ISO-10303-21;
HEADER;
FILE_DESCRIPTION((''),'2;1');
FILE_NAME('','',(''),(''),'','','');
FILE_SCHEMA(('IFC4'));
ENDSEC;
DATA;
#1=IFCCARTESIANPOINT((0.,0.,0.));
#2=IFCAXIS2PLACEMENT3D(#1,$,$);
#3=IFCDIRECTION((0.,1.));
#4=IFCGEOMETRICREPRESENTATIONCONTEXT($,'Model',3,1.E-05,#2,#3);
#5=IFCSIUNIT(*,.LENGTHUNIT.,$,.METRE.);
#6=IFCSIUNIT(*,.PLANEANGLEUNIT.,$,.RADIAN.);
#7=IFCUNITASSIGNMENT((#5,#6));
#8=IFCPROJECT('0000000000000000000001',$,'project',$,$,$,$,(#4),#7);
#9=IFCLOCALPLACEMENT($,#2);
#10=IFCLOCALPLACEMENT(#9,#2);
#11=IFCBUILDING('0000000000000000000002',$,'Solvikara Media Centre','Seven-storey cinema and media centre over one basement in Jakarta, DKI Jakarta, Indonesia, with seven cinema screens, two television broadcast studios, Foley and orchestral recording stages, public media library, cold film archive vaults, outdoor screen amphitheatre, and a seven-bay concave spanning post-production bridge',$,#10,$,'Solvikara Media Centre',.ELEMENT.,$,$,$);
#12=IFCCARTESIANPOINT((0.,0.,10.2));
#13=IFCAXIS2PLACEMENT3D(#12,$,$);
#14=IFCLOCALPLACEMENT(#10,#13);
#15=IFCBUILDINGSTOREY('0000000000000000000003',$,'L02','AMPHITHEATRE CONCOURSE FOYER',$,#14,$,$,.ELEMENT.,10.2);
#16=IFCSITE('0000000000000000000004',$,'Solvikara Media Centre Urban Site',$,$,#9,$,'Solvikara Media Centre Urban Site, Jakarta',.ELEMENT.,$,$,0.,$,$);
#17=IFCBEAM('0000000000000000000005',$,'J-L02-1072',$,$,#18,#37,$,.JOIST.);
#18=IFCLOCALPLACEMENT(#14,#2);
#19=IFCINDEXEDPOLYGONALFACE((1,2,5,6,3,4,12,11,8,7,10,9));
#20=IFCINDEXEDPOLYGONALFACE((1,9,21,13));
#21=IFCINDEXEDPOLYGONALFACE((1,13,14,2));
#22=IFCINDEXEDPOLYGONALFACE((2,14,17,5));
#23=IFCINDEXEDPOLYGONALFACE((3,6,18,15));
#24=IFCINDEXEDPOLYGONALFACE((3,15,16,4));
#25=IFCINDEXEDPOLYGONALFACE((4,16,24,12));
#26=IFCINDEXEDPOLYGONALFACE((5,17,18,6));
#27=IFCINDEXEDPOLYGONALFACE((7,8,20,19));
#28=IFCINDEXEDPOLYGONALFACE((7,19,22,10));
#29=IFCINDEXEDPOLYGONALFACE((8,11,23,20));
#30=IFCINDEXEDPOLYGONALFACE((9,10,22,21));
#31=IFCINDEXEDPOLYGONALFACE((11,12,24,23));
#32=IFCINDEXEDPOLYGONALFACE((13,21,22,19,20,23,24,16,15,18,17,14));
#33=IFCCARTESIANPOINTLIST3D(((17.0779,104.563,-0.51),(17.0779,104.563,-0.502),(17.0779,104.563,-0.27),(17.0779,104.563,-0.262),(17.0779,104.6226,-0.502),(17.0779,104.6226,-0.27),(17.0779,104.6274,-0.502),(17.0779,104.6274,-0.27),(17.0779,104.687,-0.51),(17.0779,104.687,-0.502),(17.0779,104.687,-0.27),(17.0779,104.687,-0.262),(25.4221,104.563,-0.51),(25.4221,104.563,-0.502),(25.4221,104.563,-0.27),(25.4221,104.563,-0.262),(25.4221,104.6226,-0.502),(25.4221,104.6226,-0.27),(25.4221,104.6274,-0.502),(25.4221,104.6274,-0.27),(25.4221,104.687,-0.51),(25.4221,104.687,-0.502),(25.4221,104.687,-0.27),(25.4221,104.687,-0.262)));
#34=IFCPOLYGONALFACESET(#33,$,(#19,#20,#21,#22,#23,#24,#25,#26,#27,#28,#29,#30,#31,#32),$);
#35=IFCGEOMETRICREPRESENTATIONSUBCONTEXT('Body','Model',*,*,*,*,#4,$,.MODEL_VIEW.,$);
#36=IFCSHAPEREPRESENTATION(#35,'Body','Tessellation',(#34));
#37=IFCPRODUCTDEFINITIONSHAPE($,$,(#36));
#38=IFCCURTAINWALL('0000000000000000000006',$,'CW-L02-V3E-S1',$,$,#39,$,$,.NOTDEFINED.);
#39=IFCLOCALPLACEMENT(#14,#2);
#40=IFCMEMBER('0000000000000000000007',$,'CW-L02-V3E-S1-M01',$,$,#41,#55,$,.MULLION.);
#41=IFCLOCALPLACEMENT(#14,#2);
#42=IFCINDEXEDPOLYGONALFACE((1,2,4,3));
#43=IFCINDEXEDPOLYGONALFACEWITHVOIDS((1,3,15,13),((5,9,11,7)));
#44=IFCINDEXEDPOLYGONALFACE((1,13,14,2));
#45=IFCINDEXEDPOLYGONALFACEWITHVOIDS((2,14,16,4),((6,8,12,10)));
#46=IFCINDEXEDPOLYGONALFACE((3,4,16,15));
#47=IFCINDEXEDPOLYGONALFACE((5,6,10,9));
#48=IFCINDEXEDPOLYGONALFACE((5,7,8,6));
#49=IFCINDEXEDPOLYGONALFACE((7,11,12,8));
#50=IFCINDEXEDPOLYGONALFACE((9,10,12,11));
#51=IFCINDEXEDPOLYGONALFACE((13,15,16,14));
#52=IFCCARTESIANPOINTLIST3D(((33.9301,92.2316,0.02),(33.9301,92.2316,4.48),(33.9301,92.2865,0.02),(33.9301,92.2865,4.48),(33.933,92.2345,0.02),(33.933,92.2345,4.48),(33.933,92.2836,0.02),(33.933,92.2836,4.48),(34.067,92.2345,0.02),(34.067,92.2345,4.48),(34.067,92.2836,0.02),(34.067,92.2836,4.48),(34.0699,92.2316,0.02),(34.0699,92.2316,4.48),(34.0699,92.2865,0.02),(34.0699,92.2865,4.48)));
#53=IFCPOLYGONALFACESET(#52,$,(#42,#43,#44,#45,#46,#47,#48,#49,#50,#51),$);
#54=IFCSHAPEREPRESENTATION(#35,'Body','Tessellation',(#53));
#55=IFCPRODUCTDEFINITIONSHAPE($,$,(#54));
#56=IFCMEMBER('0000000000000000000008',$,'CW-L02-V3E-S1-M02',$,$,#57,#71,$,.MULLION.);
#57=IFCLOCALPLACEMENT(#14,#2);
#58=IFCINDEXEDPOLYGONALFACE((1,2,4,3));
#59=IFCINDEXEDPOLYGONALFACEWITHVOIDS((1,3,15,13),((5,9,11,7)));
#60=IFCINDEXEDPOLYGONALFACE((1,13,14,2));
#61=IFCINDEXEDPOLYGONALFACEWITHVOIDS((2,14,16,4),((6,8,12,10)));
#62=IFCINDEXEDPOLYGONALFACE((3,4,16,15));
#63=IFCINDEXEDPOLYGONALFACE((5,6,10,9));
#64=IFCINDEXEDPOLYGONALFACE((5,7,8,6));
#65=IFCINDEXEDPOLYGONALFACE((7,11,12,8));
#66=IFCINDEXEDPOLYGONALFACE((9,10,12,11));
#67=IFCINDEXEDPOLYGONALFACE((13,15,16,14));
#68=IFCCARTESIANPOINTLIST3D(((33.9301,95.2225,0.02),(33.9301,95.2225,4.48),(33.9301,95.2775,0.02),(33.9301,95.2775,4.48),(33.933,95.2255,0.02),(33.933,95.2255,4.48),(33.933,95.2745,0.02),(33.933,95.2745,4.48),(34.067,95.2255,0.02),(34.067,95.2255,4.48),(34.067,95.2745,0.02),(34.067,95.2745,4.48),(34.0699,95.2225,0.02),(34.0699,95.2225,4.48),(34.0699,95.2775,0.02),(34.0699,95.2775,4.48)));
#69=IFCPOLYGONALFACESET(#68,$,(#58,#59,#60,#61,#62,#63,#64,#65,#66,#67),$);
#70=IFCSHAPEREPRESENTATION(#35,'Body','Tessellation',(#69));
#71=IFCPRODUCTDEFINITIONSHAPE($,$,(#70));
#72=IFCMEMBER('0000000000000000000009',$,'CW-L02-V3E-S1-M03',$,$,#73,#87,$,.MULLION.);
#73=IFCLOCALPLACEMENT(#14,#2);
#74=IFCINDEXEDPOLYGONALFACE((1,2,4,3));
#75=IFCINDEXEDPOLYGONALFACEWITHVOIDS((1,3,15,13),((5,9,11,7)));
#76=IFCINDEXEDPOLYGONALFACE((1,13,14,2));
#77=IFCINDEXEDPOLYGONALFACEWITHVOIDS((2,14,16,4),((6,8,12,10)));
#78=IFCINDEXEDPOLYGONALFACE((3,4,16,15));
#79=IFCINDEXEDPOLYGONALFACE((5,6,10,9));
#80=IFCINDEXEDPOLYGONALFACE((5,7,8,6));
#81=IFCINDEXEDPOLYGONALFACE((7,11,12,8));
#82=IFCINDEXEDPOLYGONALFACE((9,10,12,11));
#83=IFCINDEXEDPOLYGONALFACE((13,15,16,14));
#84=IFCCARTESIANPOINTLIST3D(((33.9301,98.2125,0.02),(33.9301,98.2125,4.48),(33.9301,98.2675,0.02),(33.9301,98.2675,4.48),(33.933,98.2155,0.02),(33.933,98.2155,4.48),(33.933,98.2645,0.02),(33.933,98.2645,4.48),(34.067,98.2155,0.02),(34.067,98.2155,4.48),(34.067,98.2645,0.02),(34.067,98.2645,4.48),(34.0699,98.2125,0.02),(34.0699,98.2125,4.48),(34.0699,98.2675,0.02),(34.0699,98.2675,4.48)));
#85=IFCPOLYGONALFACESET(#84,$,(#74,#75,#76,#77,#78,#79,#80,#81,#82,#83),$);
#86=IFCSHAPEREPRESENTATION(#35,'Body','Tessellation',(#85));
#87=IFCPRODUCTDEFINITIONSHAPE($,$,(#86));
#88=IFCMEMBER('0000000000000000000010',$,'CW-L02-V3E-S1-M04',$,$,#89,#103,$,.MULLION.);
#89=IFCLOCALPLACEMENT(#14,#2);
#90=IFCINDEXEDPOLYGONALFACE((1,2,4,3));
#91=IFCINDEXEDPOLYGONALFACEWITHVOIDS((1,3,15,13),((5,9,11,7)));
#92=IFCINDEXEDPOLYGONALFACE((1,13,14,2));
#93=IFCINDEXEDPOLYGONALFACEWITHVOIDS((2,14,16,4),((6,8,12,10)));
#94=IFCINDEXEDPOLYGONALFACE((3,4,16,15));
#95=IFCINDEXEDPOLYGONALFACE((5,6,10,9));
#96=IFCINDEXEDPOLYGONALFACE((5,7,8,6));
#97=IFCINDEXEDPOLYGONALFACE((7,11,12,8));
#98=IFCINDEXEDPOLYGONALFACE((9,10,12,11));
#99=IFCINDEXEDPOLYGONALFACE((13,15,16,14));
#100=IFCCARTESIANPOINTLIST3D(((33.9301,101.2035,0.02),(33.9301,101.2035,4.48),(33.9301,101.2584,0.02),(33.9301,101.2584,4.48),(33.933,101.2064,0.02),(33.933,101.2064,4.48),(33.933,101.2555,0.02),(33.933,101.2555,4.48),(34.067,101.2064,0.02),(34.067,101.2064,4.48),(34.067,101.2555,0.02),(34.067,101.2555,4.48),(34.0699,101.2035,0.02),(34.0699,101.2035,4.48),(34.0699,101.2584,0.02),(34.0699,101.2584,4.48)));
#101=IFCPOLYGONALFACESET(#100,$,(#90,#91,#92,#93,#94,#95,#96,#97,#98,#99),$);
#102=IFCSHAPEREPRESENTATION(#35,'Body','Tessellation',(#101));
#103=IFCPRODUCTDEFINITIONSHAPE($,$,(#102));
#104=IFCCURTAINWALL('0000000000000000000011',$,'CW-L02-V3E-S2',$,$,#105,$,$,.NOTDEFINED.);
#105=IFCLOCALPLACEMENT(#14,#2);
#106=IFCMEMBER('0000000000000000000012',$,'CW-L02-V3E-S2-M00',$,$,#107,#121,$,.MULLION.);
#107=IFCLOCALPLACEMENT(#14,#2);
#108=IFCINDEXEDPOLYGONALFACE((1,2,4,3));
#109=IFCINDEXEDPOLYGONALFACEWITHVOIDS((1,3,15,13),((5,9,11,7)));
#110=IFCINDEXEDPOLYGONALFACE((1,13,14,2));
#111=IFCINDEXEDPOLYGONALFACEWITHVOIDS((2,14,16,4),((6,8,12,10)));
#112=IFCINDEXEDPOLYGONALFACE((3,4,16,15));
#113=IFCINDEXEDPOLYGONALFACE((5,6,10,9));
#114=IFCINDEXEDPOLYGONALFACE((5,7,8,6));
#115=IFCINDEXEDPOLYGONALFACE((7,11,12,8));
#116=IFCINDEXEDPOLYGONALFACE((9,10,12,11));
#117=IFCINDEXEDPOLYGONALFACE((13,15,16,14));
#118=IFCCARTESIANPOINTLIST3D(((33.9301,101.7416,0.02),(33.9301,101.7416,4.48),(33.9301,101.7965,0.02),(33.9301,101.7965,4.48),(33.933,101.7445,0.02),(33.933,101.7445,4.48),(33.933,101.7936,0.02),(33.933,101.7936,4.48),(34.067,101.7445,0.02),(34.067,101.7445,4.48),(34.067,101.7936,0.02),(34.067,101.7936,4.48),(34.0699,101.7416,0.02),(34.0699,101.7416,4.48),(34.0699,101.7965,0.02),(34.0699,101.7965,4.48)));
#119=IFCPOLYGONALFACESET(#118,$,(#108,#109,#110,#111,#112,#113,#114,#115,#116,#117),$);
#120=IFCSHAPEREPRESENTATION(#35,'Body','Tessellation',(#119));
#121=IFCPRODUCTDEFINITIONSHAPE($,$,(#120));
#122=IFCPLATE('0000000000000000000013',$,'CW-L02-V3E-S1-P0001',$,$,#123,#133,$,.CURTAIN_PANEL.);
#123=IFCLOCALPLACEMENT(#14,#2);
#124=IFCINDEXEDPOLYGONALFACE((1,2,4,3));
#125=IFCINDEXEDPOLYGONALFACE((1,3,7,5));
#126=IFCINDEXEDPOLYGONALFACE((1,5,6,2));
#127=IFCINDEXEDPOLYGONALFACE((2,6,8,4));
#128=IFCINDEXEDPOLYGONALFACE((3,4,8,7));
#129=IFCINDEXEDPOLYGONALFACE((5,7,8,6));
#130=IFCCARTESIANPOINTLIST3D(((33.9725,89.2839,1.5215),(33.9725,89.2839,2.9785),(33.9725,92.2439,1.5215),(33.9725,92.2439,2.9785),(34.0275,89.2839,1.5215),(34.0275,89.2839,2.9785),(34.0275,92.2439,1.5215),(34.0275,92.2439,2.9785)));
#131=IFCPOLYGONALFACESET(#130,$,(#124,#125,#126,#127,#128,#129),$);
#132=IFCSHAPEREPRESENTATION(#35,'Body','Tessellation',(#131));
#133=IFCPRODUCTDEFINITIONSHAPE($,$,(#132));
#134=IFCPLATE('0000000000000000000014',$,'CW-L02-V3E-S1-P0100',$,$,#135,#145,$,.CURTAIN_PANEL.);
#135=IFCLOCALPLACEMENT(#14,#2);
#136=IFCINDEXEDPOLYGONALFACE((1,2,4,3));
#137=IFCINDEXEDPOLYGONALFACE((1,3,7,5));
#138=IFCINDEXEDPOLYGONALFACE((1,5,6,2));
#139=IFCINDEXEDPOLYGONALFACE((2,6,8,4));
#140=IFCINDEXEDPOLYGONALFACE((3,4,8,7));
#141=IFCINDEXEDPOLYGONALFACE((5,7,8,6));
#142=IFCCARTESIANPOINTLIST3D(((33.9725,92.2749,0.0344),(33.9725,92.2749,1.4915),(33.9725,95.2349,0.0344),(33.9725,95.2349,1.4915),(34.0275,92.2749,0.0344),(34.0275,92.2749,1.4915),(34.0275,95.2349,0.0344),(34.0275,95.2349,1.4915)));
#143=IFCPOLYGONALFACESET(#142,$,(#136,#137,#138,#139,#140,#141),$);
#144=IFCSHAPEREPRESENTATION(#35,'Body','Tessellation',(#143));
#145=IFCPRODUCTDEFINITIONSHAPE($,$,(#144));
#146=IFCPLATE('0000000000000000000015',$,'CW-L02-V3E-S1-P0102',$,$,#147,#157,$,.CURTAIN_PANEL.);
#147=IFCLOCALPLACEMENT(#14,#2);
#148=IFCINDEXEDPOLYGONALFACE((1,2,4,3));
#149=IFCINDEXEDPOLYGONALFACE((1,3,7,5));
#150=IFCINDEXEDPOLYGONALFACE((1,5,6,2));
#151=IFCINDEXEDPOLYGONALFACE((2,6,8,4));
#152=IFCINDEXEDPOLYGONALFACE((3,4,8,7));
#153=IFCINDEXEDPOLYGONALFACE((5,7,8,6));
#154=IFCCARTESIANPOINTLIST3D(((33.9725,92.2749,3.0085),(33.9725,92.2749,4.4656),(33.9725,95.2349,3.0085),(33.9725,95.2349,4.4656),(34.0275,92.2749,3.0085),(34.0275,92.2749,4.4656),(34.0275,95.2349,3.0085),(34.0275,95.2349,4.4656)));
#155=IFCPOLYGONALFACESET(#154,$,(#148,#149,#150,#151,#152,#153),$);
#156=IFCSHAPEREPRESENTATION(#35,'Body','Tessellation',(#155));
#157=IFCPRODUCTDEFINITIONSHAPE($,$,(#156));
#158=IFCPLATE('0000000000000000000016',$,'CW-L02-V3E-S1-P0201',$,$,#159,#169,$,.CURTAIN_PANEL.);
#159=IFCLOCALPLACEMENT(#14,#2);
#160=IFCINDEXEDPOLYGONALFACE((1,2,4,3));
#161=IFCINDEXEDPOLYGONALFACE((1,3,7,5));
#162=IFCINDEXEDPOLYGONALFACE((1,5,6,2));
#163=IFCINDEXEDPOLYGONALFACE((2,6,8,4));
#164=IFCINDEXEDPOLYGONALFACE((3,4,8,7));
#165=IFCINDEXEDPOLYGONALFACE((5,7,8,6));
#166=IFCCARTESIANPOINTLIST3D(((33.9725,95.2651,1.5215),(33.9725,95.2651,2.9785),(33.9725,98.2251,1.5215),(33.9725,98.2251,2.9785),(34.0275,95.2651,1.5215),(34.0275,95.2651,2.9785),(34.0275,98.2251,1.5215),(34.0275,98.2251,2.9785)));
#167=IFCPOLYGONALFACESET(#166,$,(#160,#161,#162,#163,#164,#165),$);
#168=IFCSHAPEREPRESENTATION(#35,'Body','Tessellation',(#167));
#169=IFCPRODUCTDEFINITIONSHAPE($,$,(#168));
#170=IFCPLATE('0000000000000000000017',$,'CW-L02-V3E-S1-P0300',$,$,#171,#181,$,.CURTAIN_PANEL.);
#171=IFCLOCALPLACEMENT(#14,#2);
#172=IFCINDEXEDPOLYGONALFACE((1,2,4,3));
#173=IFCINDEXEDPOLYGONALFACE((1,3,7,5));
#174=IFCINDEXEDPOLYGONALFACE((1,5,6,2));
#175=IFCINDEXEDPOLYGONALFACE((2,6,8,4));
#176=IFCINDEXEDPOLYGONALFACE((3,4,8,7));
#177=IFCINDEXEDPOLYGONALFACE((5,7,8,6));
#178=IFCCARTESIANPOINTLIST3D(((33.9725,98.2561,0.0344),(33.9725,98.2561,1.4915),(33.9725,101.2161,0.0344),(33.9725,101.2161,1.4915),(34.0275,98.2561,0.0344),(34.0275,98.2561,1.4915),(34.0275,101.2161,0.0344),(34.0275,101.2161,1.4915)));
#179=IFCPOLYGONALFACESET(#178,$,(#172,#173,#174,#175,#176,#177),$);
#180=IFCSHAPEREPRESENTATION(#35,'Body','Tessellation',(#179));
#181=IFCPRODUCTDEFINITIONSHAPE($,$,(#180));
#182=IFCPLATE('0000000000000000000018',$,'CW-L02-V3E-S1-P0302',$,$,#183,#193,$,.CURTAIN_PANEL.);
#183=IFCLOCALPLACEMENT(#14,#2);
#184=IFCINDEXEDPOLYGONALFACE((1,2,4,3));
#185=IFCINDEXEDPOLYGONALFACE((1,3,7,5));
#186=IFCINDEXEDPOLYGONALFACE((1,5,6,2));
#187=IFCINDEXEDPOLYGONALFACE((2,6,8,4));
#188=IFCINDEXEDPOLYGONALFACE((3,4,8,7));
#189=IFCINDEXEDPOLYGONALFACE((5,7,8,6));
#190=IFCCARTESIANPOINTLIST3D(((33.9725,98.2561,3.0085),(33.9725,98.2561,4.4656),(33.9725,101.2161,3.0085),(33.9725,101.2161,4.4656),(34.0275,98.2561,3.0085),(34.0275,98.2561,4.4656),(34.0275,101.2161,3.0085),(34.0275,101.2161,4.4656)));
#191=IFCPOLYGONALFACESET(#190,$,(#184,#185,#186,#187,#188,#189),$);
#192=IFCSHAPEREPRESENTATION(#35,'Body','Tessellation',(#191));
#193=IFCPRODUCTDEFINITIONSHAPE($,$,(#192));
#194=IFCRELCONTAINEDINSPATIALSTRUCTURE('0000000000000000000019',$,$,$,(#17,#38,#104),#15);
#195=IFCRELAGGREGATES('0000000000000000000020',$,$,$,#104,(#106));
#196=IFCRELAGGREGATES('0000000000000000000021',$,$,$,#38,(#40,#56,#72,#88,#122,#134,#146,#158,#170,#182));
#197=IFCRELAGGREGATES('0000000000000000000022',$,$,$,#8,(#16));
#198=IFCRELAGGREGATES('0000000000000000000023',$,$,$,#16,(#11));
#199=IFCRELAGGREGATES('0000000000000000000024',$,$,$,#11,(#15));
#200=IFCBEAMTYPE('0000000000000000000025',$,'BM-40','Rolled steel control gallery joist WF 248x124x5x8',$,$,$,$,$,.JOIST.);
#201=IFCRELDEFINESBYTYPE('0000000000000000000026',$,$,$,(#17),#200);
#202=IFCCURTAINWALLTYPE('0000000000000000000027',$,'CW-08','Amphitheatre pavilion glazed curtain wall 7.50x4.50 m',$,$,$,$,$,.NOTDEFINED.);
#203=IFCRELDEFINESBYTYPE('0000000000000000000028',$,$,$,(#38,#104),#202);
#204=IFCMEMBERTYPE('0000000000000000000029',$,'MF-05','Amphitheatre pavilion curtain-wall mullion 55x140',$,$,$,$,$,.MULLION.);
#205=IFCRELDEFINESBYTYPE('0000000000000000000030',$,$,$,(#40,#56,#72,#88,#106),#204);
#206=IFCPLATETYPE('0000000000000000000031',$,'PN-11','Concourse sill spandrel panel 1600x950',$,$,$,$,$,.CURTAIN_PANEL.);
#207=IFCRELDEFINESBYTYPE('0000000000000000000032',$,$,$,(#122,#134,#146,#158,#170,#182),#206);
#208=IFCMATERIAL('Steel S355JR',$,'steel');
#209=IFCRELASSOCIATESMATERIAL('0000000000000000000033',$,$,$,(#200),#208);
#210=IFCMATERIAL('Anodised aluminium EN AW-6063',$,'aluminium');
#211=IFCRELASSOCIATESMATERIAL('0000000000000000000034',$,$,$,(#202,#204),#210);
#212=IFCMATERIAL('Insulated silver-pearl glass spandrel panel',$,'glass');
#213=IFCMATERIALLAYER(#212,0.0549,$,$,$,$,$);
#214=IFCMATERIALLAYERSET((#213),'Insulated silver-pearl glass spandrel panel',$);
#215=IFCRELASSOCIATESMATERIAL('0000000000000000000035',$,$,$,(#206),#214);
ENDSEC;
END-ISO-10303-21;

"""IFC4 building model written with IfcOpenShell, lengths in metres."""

from ifc_helpers import new_model, si_unit, direction, frame, origin, origin_2d, place, context, subcontext, project, spatial, rectangle, hollow_rectangle, i_section, extrude, material, layer, layer_set, material_profile, profile_set, type_object, element, aggregate, save


model = new_model("IFC4")

# Units and contexts
model_context = context("Model", 3, precision=1e-05, world=origin(), true_north=direction((0.0, 1.0)))
body_context = subcontext(model_context, "Body", "Model", "MODEL_VIEW")
ifc_project = project(units=[si_unit("LENGTHUNIT", "METRE"), si_unit("PLANEANGLEUNIT", "RADIAN")], contexts=[model_context])

# Site, building, storey
site_placement = place(None, origin())
site = spatial("IfcSite", under=ifc_project, at=site_placement, Name="Solvikara Media Centre Urban Site", LongName="Solvikara Media Centre Urban Site, Jakarta", CompositionType="ELEMENT", RefElevation=0.0)
building_placement = place(site_placement, origin())
building = spatial("IfcBuilding", under=site, at=building_placement, Name="Solvikara Media Centre", Description="Seven-storey cinema and media centre over one basement in Jakarta, DKI Jakarta, Indonesia, with seven cinema screens, two television broadcast studios, Foley and orchestral recording stages, public media library, cold film archive vaults, outdoor screen amphitheatre, and a seven-bay concave spanning post-production bridge", LongName="Solvikara Media Centre", CompositionType="ELEMENT")
storey_placement = place(building_placement, frame((0.0, 0.0, 10.2)))
storey = spatial("IfcBuildingStorey", under=building, at=storey_placement, Name="L02", Description="AMPHITHEATRE CONCOURSE FOYER", CompositionType="ELEMENT", Elevation=10.2)

# Shared definitions
ifc_material_1 = material(Name="Steel S355JR", Category="steel")

# Beam
ifc_material_profile_1 = material_profile(ifc_material_1, i_section(OverallWidth=0.124, OverallDepth=0.248, WebThickness=0.0049, FlangeThickness=0.0081, at=origin_2d()), Name="WF 248x124x5x8")
ifc_profile_set_1 = profile_set([ifc_material_profile_1], Name="Steel S355JR")
beam_type_1 = type_object("IfcBeamType", Name="BM-40", Description="Rolled steel control gallery joist WF 248x124x5x8", PredefinedType="JOIST", material=ifc_profile_set_1)
beam_1_placement = place(storey_placement, frame((17.0779, 104.625, -0.386), z_axis=(1.0, 0.0, 0.0), x_axis=(0.0, 1.0, 0.0)))
element("IfcBeam", 1, at=beam_1_placement, inside=storey, type_object=beam_type_1, Name="J-L02-1072", PredefinedType="JOIST", context=body_context, shape_type="SweptSolid", body=[
    extrude(i_section(OverallWidth=0.124, OverallDepth=0.248, WebThickness=0.0049, FlangeThickness=0.0081, at=origin_2d()), origin(), (0.0, 0.0, 1.0), 8.3442),
])

# Curtain wall, members
ifc_material_2 = material(Name="Anodised aluminium EN AW-6063", Category="aluminium")
curtain_wall_type = type_object("IfcCurtainWallType", Name="CW-08", Description="Amphitheatre pavilion glazed curtain wall 7.50x4.50 m", PredefinedType="NOTDEFINED", material=ifc_material_2)
curtain_wall_1_placement = place(storey_placement, origin())
curtain_wall_1 = element("IfcCurtainWall", 2, at=curtain_wall_1_placement, inside=storey, type_object=curtain_wall_type, Name="CW-L02-V3E-S1", PredefinedType="NOTDEFINED")
ifc_material_profile_2 = material_profile(ifc_material_2, hollow_rectangle(XDim=0.0549, YDim=0.1399, WallThickness=0.0029, at=origin_2d()), Name="ALU-M 55x140x3")
ifc_profile_set_2 = profile_set([ifc_material_profile_2], Name="Anodised aluminium EN AW-6063")
member_type = type_object("IfcMemberType", Name="MF-05", Description="Amphitheatre pavilion curtain-wall mullion 55x140", PredefinedType="MULLION", material=ifc_profile_set_2)
member_1_placement = place(storey_placement, frame((34.0, 92.259, 0.02), z_axis=(0.0, 0.0, 1.0), x_axis=(0.0, 1.0, 0.0)))
member_1 = element("IfcMember", 3, at=member_1_placement, type_object=member_type, Name="CW-L02-V3E-S1-M01", PredefinedType="MULLION", context=body_context, shape_type="SweptSolid", body=[
    extrude(hollow_rectangle(XDim=0.0549, YDim=0.1399, WallThickness=0.0029, at=origin_2d()), origin(), (0.0, 0.0, 1.0), 4.46),
])
member_2_placement = place(storey_placement, frame((34.0, 95.25, 0.02), z_axis=(0.0, 0.0, 1.0), x_axis=(0.0, 1.0, 0.0)))
member_2 = element("IfcMember", 4, at=member_2_placement, type_object=member_type, Name="CW-L02-V3E-S1-M02", PredefinedType="MULLION", context=body_context, shape_type="SweptSolid", body=[
    extrude(hollow_rectangle(XDim=0.0549, YDim=0.1399, WallThickness=0.0029, at=origin_2d()), origin(), (0.0, 0.0, 1.0), 4.46),
])
member_3_placement = place(storey_placement, frame((34.0, 98.24, 0.02), z_axis=(0.0, 0.0, 1.0), x_axis=(0.0, 1.0, 0.0)))
member_3 = element("IfcMember", 5, at=member_3_placement, type_object=member_type, Name="CW-L02-V3E-S1-M03", PredefinedType="MULLION", context=body_context, shape_type="SweptSolid", body=[
    extrude(hollow_rectangle(XDim=0.0549, YDim=0.1399, WallThickness=0.0029, at=origin_2d()), origin(), (0.0, 0.0, 1.0), 4.46),
])
member_4_placement = place(storey_placement, frame((34.0, 101.231, 0.02), z_axis=(0.0, 0.0, 1.0), x_axis=(0.0, 1.0, 0.0)))
member_4 = element("IfcMember", 6, at=member_4_placement, type_object=member_type, Name="CW-L02-V3E-S1-M04", PredefinedType="MULLION", context=body_context, shape_type="SweptSolid", body=[
    extrude(hollow_rectangle(XDim=0.0549, YDim=0.1399, WallThickness=0.0029, at=origin_2d()), origin(), (0.0, 0.0, 1.0), 4.46),
])

# Curtain wall, member
curtain_wall_2_placement = place(storey_placement, origin())
curtain_wall_2 = element("IfcCurtainWall", 7, at=curtain_wall_2_placement, inside=storey, type_object=curtain_wall_type, Name="CW-L02-V3E-S2", PredefinedType="NOTDEFINED")
member_5_placement = place(storey_placement, frame((34.0, 101.769, 0.02), z_axis=(0.0, 0.0, 1.0), x_axis=(0.0, 1.0, 0.0)))
member_5 = element("IfcMember", 8, at=member_5_placement, type_object=member_type, Name="CW-L02-V3E-S2-M00", PredefinedType="MULLION", context=body_context, shape_type="SweptSolid", body=[
    extrude(hollow_rectangle(XDim=0.0549, YDim=0.1399, WallThickness=0.0029, at=origin_2d()), origin(), (0.0, 0.0, 1.0), 4.46),
])
aggregate(curtain_wall_2, [member_5])

# Plates
ifc_material_3 = material(Name="Insulated silver-pearl glass spandrel panel", Category="glass")
ifc_layer_1 = layer(ifc_material_3, 0.0549)
ifc_layer_set_1 = layer_set([ifc_layer_1], Name="Insulated silver-pearl glass spandrel panel")
plate_type_1 = type_object("IfcPlateType", Name="PN-11", Description="Concourse sill spandrel panel 1600x950", PredefinedType="CURTAIN_PANEL", material=ifc_layer_set_1)
plate_1_placement = place(storey_placement, frame((34.0, 90.7639, 1.5215), z_axis=(0.0, 0.0, 1.0), x_axis=(0.0, 1.0, 0.0)))
plate_1 = element("IfcPlate", 9, at=plate_1_placement, type_object=plate_type_1, Name="CW-L02-V3E-S1-P0001", PredefinedType="CURTAIN_PANEL", context=body_context, shape_type="SweptSolid", body=[
    extrude(rectangle(XDim=2.96, YDim=0.0549, at=origin_2d()), origin(), (0.0, 0.0, 1.0), 1.457),
])
plate_2_placement = place(storey_placement, frame((34.0, 93.7549, 0.0344), z_axis=(0.0, 0.0, 1.0), x_axis=(0.0, 1.0, 0.0)))
plate_2 = element("IfcPlate", 10, at=plate_2_placement, type_object=plate_type_1, Name="CW-L02-V3E-S1-P0100", PredefinedType="CURTAIN_PANEL", context=body_context, shape_type="SweptSolid", body=[
    extrude(rectangle(XDim=2.96, YDim=0.0549, at=origin_2d()), origin(), (0.0, 0.0, 1.0), 1.457),
])
plate_3_placement = place(storey_placement, frame((34.0, 93.7549, 3.0085), z_axis=(0.0, 0.0, 1.0), x_axis=(0.0, 1.0, 0.0)))
plate_3 = element("IfcPlate", 11, at=plate_3_placement, type_object=plate_type_1, Name="CW-L02-V3E-S1-P0102", PredefinedType="CURTAIN_PANEL", context=body_context, shape_type="SweptSolid", body=[
    extrude(rectangle(XDim=2.96, YDim=0.0549, at=origin_2d()), origin(), (0.0, 0.0, 1.0), 1.457),
])
plate_4_placement = place(storey_placement, frame((34.0, 96.7451, 1.5215), z_axis=(0.0, 0.0, 1.0), x_axis=(0.0, 1.0, 0.0)))
plate_4 = element("IfcPlate", 12, at=plate_4_placement, type_object=plate_type_1, Name="CW-L02-V3E-S1-P0201", PredefinedType="CURTAIN_PANEL", context=body_context, shape_type="SweptSolid", body=[
    extrude(rectangle(XDim=2.96, YDim=0.0549, at=origin_2d()), origin(), (0.0, 0.0, 1.0), 1.457),
])
plate_5_placement = place(storey_placement, frame((34.0, 99.7361, 0.0344), z_axis=(0.0, 0.0, 1.0), x_axis=(0.0, 1.0, 0.0)))
plate_5 = element("IfcPlate", 13, at=plate_5_placement, type_object=plate_type_1, Name="CW-L02-V3E-S1-P0300", PredefinedType="CURTAIN_PANEL", context=body_context, shape_type="SweptSolid", body=[
    extrude(rectangle(XDim=2.96, YDim=0.0549, at=origin_2d()), origin(), (0.0, 0.0, 1.0), 1.457),
])
plate_6_placement = place(storey_placement, frame((34.0, 99.7361, 3.0085), z_axis=(0.0, 0.0, 1.0), x_axis=(0.0, 1.0, 0.0)))
plate_6 = element("IfcPlate", 14, at=plate_6_placement, type_object=plate_type_1, Name="CW-L02-V3E-S1-P0302", PredefinedType="CURTAIN_PANEL", context=body_context, shape_type="SweptSolid", body=[
    extrude(rectangle(XDim=2.96, YDim=0.0549, at=origin_2d()), origin(), (0.0, 0.0, 1.0), 1.457),
])
aggregate(curtain_wall_1, [member_1, member_2, member_3, member_4, plate_1, plate_2, plate_3, plate_4, plate_5, plate_6])

save(model, "model.ifc")
